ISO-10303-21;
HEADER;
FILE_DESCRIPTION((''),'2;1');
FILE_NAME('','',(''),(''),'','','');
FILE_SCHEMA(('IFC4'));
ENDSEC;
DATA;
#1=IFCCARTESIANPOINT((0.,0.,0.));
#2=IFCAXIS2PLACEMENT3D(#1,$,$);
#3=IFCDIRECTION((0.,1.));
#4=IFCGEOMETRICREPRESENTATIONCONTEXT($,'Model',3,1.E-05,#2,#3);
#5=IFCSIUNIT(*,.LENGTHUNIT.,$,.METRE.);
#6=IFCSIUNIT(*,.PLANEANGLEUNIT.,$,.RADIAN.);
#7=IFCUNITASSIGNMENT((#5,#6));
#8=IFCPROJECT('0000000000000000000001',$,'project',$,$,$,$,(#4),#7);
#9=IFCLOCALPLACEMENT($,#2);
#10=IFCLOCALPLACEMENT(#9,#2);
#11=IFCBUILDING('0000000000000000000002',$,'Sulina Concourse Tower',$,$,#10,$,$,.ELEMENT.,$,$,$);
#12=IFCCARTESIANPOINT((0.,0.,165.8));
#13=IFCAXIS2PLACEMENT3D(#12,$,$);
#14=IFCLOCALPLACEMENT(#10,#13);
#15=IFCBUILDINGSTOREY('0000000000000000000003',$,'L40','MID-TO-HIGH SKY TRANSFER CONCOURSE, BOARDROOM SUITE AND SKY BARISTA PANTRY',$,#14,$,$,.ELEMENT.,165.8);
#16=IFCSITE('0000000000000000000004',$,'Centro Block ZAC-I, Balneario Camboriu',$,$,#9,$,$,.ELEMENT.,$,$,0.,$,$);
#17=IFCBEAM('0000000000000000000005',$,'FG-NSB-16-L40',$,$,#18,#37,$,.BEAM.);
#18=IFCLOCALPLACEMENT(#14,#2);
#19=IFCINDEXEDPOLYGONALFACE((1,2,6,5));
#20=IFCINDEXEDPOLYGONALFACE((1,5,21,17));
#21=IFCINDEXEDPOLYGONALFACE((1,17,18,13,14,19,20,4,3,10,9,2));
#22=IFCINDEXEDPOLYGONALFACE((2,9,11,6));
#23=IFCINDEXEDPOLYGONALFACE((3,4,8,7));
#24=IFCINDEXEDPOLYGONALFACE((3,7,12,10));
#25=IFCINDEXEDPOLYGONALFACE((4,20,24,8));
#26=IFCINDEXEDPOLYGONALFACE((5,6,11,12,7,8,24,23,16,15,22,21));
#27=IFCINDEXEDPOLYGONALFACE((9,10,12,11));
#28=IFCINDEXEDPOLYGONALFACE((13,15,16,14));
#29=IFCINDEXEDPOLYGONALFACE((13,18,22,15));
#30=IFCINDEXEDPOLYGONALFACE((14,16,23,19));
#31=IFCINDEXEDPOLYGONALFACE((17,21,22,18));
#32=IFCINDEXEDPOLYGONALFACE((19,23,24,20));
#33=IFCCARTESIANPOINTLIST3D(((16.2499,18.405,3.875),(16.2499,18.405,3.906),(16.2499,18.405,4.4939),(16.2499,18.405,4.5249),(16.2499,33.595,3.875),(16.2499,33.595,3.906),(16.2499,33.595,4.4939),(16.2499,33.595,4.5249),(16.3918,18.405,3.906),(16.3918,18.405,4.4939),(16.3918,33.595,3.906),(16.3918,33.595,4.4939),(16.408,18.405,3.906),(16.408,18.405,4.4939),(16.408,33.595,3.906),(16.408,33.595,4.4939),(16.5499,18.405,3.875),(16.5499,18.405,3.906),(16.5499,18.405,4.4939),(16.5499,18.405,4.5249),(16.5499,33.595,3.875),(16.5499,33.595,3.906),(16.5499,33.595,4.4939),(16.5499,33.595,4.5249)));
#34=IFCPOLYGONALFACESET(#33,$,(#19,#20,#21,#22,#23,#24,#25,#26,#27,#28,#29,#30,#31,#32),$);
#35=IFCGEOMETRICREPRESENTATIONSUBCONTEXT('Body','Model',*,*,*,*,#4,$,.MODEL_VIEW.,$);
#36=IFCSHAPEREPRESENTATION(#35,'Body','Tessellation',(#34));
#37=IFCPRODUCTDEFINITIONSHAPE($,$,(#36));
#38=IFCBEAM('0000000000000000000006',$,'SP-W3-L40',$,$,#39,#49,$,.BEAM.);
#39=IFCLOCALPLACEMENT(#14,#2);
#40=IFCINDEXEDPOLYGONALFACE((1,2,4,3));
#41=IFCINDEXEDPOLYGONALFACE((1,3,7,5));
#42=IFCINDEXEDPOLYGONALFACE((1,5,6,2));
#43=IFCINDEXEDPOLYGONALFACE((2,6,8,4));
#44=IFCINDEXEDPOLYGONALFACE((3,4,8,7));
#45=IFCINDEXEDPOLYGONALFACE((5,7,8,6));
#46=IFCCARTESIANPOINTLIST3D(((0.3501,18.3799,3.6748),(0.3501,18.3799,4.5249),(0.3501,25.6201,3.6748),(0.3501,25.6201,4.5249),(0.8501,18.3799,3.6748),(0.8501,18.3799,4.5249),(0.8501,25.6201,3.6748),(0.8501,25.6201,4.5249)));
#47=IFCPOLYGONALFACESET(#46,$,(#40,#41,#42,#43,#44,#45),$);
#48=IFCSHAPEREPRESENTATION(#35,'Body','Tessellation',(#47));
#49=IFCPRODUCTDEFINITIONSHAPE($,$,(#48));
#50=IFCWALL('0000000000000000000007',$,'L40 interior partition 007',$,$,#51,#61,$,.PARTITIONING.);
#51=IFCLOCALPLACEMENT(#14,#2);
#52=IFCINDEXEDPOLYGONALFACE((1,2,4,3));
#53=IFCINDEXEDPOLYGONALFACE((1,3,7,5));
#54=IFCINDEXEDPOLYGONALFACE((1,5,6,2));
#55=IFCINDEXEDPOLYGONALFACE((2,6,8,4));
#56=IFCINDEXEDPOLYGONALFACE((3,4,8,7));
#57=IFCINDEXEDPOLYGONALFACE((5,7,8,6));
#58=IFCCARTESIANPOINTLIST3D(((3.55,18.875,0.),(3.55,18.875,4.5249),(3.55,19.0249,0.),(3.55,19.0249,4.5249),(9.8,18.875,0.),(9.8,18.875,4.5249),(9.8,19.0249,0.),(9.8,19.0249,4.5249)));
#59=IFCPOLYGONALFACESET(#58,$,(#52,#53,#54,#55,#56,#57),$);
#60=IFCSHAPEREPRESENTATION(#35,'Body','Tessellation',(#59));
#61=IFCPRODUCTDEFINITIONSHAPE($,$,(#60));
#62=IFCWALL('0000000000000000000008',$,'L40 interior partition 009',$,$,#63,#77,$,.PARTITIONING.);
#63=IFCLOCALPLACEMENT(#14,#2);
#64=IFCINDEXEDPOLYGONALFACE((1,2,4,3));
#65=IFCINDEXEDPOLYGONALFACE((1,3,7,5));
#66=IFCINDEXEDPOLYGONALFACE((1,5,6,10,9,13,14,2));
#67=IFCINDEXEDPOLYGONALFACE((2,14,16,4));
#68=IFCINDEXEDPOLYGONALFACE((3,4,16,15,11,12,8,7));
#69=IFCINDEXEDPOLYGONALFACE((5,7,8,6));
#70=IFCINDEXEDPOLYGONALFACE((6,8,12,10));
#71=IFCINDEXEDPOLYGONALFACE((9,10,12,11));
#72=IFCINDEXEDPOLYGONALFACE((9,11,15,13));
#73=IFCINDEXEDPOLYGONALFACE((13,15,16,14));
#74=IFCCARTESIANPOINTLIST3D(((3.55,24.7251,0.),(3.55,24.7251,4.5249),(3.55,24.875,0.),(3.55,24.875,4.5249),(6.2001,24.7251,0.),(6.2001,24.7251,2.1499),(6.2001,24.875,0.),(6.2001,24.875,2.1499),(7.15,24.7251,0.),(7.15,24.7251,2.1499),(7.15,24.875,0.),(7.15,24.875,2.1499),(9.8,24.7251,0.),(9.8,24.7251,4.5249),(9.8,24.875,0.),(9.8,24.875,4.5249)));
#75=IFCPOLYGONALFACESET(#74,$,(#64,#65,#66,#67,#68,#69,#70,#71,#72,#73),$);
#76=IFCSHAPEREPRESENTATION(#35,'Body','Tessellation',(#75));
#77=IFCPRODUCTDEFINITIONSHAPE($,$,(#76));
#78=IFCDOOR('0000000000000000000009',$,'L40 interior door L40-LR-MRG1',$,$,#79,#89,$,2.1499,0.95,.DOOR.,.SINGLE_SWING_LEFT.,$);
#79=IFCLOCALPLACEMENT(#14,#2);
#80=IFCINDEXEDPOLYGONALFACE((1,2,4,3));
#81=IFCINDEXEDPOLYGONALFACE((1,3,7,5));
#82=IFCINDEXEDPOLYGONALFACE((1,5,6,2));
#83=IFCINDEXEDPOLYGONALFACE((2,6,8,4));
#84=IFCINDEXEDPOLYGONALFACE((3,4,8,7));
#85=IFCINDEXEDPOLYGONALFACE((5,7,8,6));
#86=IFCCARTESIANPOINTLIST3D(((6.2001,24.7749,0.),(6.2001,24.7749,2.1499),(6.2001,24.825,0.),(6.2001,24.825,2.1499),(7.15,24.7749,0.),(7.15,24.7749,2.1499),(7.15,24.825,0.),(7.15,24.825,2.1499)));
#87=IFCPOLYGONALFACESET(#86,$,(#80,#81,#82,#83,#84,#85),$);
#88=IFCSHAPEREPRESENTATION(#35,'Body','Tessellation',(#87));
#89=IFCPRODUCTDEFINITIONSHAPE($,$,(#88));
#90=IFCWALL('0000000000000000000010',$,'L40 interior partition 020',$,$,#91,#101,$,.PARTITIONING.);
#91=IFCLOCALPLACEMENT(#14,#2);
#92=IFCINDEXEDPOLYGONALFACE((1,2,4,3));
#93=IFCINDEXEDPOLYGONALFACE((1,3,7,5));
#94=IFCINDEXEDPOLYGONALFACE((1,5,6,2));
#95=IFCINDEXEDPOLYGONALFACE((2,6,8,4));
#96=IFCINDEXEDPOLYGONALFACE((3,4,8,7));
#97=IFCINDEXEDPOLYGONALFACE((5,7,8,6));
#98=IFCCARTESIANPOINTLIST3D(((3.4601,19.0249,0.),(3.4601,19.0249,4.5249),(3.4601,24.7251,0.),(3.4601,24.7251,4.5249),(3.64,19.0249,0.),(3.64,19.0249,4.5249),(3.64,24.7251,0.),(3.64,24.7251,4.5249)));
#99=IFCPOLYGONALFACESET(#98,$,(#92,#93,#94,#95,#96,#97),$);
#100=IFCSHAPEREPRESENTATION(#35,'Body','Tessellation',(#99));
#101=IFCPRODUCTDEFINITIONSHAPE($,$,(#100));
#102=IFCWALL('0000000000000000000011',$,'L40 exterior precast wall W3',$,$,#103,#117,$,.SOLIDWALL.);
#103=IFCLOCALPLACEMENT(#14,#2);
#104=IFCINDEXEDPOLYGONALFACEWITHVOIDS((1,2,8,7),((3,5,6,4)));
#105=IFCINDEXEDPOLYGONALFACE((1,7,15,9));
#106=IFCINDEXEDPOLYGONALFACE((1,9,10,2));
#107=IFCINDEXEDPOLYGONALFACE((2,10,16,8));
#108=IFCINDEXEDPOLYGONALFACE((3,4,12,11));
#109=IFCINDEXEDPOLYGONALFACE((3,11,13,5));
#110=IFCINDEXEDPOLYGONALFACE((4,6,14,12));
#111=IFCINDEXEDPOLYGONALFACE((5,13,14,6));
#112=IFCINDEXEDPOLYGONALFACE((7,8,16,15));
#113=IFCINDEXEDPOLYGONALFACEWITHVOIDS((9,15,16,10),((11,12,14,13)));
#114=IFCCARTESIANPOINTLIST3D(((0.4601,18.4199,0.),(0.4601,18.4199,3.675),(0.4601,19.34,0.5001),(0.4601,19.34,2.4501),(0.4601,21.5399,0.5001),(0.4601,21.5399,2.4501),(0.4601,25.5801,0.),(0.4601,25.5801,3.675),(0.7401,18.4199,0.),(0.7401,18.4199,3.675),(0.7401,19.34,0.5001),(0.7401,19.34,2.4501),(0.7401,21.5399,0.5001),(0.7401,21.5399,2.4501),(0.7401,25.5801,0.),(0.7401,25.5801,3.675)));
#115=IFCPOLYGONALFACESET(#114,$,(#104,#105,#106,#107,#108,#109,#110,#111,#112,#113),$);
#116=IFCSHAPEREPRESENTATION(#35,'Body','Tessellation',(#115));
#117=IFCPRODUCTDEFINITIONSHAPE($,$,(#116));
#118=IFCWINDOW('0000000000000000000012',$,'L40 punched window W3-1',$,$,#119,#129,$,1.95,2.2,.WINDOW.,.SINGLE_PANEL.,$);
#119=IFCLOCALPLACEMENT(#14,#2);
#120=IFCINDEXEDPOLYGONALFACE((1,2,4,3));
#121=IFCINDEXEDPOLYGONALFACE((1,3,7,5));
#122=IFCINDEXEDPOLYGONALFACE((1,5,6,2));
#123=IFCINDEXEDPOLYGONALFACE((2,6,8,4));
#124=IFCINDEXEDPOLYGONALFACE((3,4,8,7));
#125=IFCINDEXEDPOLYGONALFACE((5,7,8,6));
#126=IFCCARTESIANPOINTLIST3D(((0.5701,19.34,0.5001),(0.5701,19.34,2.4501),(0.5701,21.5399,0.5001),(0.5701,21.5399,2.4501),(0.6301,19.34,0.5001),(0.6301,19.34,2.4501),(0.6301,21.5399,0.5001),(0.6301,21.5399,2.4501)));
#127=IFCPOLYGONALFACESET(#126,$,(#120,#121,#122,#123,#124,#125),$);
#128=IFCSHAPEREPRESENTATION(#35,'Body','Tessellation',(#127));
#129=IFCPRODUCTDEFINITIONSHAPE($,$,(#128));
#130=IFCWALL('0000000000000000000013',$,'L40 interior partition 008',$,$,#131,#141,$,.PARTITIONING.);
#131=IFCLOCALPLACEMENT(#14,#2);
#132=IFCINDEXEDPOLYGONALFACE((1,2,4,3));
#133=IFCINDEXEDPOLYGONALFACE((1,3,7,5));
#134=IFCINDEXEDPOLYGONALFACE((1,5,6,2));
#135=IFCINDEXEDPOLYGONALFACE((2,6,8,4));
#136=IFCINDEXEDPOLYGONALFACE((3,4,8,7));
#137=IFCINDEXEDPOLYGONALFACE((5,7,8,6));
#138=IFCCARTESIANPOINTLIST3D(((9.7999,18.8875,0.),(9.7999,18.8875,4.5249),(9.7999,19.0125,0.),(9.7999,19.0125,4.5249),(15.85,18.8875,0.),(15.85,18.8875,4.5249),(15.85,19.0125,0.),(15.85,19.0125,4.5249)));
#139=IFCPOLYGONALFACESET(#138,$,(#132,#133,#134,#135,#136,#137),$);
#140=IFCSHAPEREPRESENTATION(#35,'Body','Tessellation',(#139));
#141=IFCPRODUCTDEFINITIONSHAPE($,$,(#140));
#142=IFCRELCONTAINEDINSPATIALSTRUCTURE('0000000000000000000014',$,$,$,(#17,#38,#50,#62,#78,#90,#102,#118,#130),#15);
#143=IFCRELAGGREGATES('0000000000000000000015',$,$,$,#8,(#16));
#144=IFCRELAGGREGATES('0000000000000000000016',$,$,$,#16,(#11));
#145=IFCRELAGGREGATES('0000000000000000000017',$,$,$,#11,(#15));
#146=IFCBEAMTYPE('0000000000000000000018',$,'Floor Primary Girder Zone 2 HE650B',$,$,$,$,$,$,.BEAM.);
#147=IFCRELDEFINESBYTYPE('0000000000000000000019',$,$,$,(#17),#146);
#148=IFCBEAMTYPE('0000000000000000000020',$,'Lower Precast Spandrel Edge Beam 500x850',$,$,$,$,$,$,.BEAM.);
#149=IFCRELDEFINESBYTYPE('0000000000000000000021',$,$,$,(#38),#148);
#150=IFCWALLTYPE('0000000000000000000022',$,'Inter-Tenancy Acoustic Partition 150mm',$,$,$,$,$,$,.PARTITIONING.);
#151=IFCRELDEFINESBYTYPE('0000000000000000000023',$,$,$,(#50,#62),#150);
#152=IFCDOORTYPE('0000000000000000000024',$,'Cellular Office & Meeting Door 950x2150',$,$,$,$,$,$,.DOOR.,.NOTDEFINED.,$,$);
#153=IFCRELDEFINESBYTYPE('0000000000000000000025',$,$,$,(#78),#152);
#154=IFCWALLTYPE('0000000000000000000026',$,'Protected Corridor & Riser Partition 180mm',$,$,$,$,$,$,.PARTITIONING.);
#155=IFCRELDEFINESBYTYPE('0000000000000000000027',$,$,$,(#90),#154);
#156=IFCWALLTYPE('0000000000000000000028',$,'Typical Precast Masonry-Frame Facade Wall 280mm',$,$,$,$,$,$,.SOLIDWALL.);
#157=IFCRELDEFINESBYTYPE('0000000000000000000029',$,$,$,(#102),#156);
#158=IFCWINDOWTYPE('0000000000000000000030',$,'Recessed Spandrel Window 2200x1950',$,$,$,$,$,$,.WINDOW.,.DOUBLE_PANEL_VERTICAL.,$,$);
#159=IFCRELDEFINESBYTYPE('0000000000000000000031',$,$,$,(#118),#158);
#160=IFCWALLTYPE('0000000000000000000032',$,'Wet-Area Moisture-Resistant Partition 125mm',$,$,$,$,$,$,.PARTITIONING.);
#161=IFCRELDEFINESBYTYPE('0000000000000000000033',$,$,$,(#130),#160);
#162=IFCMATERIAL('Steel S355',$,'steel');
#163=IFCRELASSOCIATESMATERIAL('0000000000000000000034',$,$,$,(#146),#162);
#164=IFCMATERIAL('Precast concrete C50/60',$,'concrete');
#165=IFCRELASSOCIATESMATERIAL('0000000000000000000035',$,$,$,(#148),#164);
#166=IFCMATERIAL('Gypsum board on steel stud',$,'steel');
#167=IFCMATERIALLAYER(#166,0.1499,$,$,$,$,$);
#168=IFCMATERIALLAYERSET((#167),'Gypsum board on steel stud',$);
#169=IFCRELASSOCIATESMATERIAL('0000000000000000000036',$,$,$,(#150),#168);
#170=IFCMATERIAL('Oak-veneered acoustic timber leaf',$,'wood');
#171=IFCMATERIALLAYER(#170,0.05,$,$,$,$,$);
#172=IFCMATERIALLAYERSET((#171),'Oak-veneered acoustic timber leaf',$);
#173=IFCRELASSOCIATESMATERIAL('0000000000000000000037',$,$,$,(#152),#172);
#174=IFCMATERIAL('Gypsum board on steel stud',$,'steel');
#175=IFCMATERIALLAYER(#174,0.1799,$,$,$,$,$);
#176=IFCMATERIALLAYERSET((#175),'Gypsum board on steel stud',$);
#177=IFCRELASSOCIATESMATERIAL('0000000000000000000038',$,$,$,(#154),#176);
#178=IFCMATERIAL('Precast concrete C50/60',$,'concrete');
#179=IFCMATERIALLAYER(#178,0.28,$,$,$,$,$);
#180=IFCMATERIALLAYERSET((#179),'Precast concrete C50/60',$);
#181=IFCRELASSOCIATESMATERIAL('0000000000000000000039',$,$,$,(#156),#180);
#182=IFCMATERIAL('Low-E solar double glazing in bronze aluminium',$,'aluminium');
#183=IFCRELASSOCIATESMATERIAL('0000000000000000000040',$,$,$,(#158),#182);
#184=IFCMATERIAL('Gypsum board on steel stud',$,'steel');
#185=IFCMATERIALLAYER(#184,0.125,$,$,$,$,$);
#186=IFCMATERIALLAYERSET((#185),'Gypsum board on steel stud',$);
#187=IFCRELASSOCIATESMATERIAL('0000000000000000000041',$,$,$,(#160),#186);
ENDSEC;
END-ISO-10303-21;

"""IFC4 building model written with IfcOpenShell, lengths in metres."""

from ifc_helpers import new_model, si_unit, direction, frame, frame_2d, origin, origin_2d, place, context, subcontext, project, spatial, rectangle, i_section, extrude, material, layer, layer_set, material_profile, profile_set, type_object, element, fill, save


model = new_model("IFC4")

# Units and contexts
model_context = context("Model", 3, precision=1e-05, world=origin(), true_north=direction((0.0, 1.0)))
body_context = subcontext(model_context, "Body", "Model", "MODEL_VIEW")
ifc_project = project(units=[si_unit("LENGTHUNIT", "METRE"), si_unit("PLANEANGLEUNIT", "RADIAN")], contexts=[model_context])

# Site, building, storey
site_placement = place(None, origin())
site = spatial("IfcSite", under=ifc_project, at=site_placement, Name="Centro Block ZAC-I, Balneario Camboriu", CompositionType="ELEMENT", RefElevation=0.0)
building_placement = place(site_placement, origin())
building = spatial("IfcBuilding", under=site, at=building_placement, Name="Sulina Concourse Tower", CompositionType="ELEMENT")
storey_placement = place(building_placement, frame((0.0, 0.0, 165.8)))
storey = spatial("IfcBuildingStorey", under=building, at=storey_placement, Name="L40", Description="MID-TO-HIGH SKY TRANSFER CONCOURSE, BOARDROOM SUITE AND SKY BARISTA PANTRY", CompositionType="ELEMENT", Elevation=165.8)

# Beams
ifc_material_1 = material(Name="Steel S355", Category="steel")
ifc_material_profile_1 = material_profile(ifc_material_1, i_section(OverallWidth=0.3, OverallDepth=0.6499, WebThickness=0.0161, FlangeThickness=0.031, at=origin_2d()), Name="HE 650 B")
ifc_profile_set_1 = profile_set([ifc_material_profile_1], Name="Steel S355")
beam_type_1 = type_object("IfcBeamType", Name="Floor Primary Girder Zone 2 HE650B", PredefinedType="BEAM", material=ifc_profile_set_1)
beam_1_placement = place(storey_placement, frame((16.3999, 18.405, 4.2), z_axis=(0.0, 1.0, 0.0), x_axis=(-1.0, 0.0, 0.0)))
element("IfcBeam", 1, at=beam_1_placement, inside=storey, type_object=beam_type_1, Name="FG-NSB-16-L40", PredefinedType="BEAM", context=body_context, shape_type="SweptSolid", body=[
    extrude(i_section(OverallWidth=0.3, OverallDepth=0.6499, WebThickness=0.0161, FlangeThickness=0.031, at=origin_2d()), origin(), (0.0, 0.0, 1.0), 15.1899),
])
ifc_material_2 = material(Name="Precast concrete C50/60", Category="concrete")
ifc_material_profile_2 = material_profile(ifc_material_2, rectangle(XDim=0.5, YDim=0.8501, at=origin_2d()), Name="RC 500x850")
ifc_profile_set_2 = profile_set([ifc_material_profile_2], Name="Precast concrete C50/60")
beam_type_2 = type_object("IfcBeamType", Name="Lower Precast Spandrel Edge Beam 500x850", PredefinedType="BEAM", material=ifc_profile_set_2)
beam_2_placement = place(storey_placement, frame((0.6001, 18.3799, 4.0999), z_axis=(0.0, 1.0, 0.0), x_axis=(-1.0, 0.0, 0.0)))
element("IfcBeam", 2, at=beam_2_placement, inside=storey, type_object=beam_type_2, Name="SP-W3-L40", PredefinedType="BEAM", context=body_context, shape_type="SweptSolid", body=[
    extrude(rectangle(XDim=0.5, YDim=0.8501, at=origin_2d()), origin(), (0.0, 0.0, 1.0), 7.2402),
])

# Wall
ifc_material_3 = material(Name="Gypsum board on steel stud", Category="steel")
ifc_layer_1 = layer(ifc_material_3, 0.1499)
ifc_layer_set_1 = layer_set([ifc_layer_1], Name="Gypsum board on steel stud")
wall_type_1 = type_object("IfcWallType", Name="Inter-Tenancy Acoustic Partition 150mm", PredefinedType="PARTITIONING", material=ifc_layer_set_1)
wall_1_placement = place(storey_placement, frame((3.55, 18.95, 0.0), z_axis=(0.0, 0.0, 1.0), x_axis=(1.0, 0.0, 0.0)))
element("IfcWall", 3, at=wall_1_placement, inside=storey, type_object=wall_type_1, Name="L40 interior partition 007", PredefinedType="PARTITIONING", context=body_context, shape_type="SweptSolid", body=[
    extrude(rectangle(XDim=6.25, YDim=0.1499, at=frame_2d((3.125, 0.0))), origin(), (0.0, 0.0, 1.0), 4.5249),
])

# Wall, opening, door
wall_2_placement = place(storey_placement, frame((3.55, 24.8, 0.0), z_axis=(0.0, 0.0, 1.0), x_axis=(1.0, 0.0, 0.0)))
wall_2 = element("IfcWall", 4, at=wall_2_placement, inside=storey, type_object=wall_type_1, Name="L40 interior partition 009", PredefinedType="PARTITIONING", context=body_context, shape_type="SweptSolid", body=[
    extrude(rectangle(XDim=6.25, YDim=0.1499, at=frame_2d((3.125, 0.0))), origin(), (0.0, 0.0, 1.0), 4.5249),
])
opening_1_placement = place(wall_2_placement, frame((2.6499, 0.0, 0.0)))
opening_1 = element("IfcOpeningElement", 5, at=opening_1_placement, cuts=wall_2, PredefinedType="OPENING", context=body_context, shape_type="SweptSolid", body=[
    extrude(rectangle(XDim=0.95, YDim=2.1499, at=frame_2d((0.4751, 1.075))), frame((0.0, 0.085, 0.0), z_axis=(0.0, -1.0, 0.0), x_axis=(1.0, 0.0, 0.0)), (0.0, 0.0, 1.0), 0.1699),
])
ifc_material_4 = material(Name="Oak-veneered acoustic timber leaf", Category="wood")
ifc_layer_2 = layer(ifc_material_4, 0.05)
ifc_layer_set_2 = layer_set([ifc_layer_2], Name="Oak-veneered acoustic timber leaf")
door_type_1 = type_object("IfcDoorType", Name="Cellular Office & Meeting Door 950x2150", OperationType="NOTDEFINED", PredefinedType="DOOR", material=ifc_layer_set_2)
door_1_placement = place(opening_1_placement, origin())
door_1 = element("IfcDoor", 6, at=door_1_placement, inside=storey, type_object=door_type_1, Name="L40 interior door L40-LR-MRG1", OperationType="SINGLE_SWING_LEFT", OverallHeight=2.1499, OverallWidth=0.95, PredefinedType="DOOR", context=body_context, shape_type="SweptSolid", body=[
    extrude(rectangle(XDim=0.95, YDim=2.1499, at=frame_2d((0.4751, 1.075))), frame((0.0, 0.0249, 0.0), z_axis=(0.0, -1.0, 0.0), x_axis=(1.0, 0.0, 0.0)), (0.0, 0.0, 1.0), 0.05),
])
fill(opening_1, door_1)

# Wall
ifc_material_5 = material(Name="Gypsum board on steel stud", Category="steel")
ifc_layer_3 = layer(ifc_material_5, 0.1799)
ifc_layer_set_3 = layer_set([ifc_layer_3], Name="Gypsum board on steel stud")
wall_type_2 = type_object("IfcWallType", Name="Protected Corridor & Riser Partition 180mm", PredefinedType="PARTITIONING", material=ifc_layer_set_3)
wall_3_placement = place(storey_placement, frame((3.55, 19.0249, 0.0), z_axis=(0.0, 0.0, 1.0), x_axis=(0.0, 1.0, 0.0)))
element("IfcWall", 7, at=wall_3_placement, inside=storey, type_object=wall_type_2, Name="L40 interior partition 020", PredefinedType="PARTITIONING", context=body_context, shape_type="SweptSolid", body=[
    extrude(rectangle(XDim=5.7002, YDim=0.1799, at=frame_2d((2.8501, 0.0))), origin(), (0.0, 0.0, 1.0), 4.5249),
])

# Wall, opening, window
ifc_material_6 = material(Name="Precast concrete C50/60", Category="concrete")
ifc_layer_4 = layer(ifc_material_6, 0.28)
ifc_layer_set_4 = layer_set([ifc_layer_4], Name="Precast concrete C50/60")
wall_type_3 = type_object("IfcWallType", Name="Typical Precast Masonry-Frame Facade Wall 280mm", PredefinedType="SOLIDWALL", material=ifc_layer_set_4)
wall_4_placement = place(storey_placement, frame((0.6001, 18.4199, 0.0), z_axis=(0.0, 0.0, 1.0), x_axis=(0.0, 1.0, 0.0)))
wall_4 = element("IfcWall", 8, at=wall_4_placement, inside=storey, type_object=wall_type_3, Name="L40 exterior precast wall W3", PredefinedType="SOLIDWALL", context=body_context, shape_type="SweptSolid", body=[
    extrude(rectangle(XDim=7.1602, YDim=0.28, at=frame_2d((3.5801, 0.0))), origin(), (0.0, 0.0, 1.0), 3.675),
])
opening_2_placement = place(wall_4_placement, frame((0.9199, 0.0, 0.5)))
opening_2 = element("IfcOpeningElement", 9, at=opening_2_placement, cuts=wall_4, PredefinedType="OPENING", context=body_context, shape_type="SweptSolid", body=[
    extrude(rectangle(XDim=2.2, YDim=1.95, at=frame_2d((1.1001, 0.9751))), frame((0.0, 0.1499, 0.0), z_axis=(0.0, -1.0, 0.0), x_axis=(1.0, 0.0, 0.0)), (0.0, 0.0, 1.0), 0.3),
])
ifc_material_7 = material(Name="Low-E solar double glazing in bronze aluminium", Category="aluminium")
window_type = type_object("IfcWindowType", Name="Recessed Spandrel Window 2200x1950", PartitioningType="DOUBLE_PANEL_VERTICAL", PredefinedType="WINDOW", material=ifc_material_7)
window_placement = place(opening_2_placement, origin())
window = element("IfcWindow", 10, at=window_placement, inside=storey, type_object=window_type, Name="L40 punched window W3-1", OverallHeight=1.95, OverallWidth=2.2, PartitioningType="SINGLE_PANEL", PredefinedType="WINDOW", context=body_context, shape_type="SweptSolid", body=[
    extrude(rectangle(XDim=2.2, YDim=1.95, at=frame_2d((1.1001, 0.9751))), frame((0.0, 0.03, 0.0), z_axis=(0.0, -1.0, 0.0), x_axis=(1.0, 0.0, 0.0)), (0.0, 0.0, 1.0), 0.0601),
])
fill(opening_2, window)

# Wall
ifc_material_8 = material(Name="Gypsum board on steel stud", Category="steel")
ifc_layer_5 = layer(ifc_material_8, 0.125)
ifc_layer_set_5 = layer_set([ifc_layer_5], Name="Gypsum board on steel stud")
wall_type_4 = type_object("IfcWallType", Name="Wet-Area Moisture-Resistant Partition 125mm", PredefinedType="PARTITIONING", material=ifc_layer_set_5)
wall_5_placement = place(storey_placement, frame((9.8, 18.95, 0.0), z_axis=(0.0, 0.0, 1.0), x_axis=(1.0, 0.0, 0.0)))
element("IfcWall", 11, at=wall_5_placement, inside=storey, type_object=wall_type_4, Name="L40 interior partition 008", PredefinedType="PARTITIONING", context=body_context, shape_type="SweptSolid", body=[
    extrude(rectangle(XDim=6.05, YDim=0.125, at=frame_2d((3.0249, 0.0))), origin(), (0.0, 0.0, 1.0), 4.5249),
])

save(model, "model.ifc")
